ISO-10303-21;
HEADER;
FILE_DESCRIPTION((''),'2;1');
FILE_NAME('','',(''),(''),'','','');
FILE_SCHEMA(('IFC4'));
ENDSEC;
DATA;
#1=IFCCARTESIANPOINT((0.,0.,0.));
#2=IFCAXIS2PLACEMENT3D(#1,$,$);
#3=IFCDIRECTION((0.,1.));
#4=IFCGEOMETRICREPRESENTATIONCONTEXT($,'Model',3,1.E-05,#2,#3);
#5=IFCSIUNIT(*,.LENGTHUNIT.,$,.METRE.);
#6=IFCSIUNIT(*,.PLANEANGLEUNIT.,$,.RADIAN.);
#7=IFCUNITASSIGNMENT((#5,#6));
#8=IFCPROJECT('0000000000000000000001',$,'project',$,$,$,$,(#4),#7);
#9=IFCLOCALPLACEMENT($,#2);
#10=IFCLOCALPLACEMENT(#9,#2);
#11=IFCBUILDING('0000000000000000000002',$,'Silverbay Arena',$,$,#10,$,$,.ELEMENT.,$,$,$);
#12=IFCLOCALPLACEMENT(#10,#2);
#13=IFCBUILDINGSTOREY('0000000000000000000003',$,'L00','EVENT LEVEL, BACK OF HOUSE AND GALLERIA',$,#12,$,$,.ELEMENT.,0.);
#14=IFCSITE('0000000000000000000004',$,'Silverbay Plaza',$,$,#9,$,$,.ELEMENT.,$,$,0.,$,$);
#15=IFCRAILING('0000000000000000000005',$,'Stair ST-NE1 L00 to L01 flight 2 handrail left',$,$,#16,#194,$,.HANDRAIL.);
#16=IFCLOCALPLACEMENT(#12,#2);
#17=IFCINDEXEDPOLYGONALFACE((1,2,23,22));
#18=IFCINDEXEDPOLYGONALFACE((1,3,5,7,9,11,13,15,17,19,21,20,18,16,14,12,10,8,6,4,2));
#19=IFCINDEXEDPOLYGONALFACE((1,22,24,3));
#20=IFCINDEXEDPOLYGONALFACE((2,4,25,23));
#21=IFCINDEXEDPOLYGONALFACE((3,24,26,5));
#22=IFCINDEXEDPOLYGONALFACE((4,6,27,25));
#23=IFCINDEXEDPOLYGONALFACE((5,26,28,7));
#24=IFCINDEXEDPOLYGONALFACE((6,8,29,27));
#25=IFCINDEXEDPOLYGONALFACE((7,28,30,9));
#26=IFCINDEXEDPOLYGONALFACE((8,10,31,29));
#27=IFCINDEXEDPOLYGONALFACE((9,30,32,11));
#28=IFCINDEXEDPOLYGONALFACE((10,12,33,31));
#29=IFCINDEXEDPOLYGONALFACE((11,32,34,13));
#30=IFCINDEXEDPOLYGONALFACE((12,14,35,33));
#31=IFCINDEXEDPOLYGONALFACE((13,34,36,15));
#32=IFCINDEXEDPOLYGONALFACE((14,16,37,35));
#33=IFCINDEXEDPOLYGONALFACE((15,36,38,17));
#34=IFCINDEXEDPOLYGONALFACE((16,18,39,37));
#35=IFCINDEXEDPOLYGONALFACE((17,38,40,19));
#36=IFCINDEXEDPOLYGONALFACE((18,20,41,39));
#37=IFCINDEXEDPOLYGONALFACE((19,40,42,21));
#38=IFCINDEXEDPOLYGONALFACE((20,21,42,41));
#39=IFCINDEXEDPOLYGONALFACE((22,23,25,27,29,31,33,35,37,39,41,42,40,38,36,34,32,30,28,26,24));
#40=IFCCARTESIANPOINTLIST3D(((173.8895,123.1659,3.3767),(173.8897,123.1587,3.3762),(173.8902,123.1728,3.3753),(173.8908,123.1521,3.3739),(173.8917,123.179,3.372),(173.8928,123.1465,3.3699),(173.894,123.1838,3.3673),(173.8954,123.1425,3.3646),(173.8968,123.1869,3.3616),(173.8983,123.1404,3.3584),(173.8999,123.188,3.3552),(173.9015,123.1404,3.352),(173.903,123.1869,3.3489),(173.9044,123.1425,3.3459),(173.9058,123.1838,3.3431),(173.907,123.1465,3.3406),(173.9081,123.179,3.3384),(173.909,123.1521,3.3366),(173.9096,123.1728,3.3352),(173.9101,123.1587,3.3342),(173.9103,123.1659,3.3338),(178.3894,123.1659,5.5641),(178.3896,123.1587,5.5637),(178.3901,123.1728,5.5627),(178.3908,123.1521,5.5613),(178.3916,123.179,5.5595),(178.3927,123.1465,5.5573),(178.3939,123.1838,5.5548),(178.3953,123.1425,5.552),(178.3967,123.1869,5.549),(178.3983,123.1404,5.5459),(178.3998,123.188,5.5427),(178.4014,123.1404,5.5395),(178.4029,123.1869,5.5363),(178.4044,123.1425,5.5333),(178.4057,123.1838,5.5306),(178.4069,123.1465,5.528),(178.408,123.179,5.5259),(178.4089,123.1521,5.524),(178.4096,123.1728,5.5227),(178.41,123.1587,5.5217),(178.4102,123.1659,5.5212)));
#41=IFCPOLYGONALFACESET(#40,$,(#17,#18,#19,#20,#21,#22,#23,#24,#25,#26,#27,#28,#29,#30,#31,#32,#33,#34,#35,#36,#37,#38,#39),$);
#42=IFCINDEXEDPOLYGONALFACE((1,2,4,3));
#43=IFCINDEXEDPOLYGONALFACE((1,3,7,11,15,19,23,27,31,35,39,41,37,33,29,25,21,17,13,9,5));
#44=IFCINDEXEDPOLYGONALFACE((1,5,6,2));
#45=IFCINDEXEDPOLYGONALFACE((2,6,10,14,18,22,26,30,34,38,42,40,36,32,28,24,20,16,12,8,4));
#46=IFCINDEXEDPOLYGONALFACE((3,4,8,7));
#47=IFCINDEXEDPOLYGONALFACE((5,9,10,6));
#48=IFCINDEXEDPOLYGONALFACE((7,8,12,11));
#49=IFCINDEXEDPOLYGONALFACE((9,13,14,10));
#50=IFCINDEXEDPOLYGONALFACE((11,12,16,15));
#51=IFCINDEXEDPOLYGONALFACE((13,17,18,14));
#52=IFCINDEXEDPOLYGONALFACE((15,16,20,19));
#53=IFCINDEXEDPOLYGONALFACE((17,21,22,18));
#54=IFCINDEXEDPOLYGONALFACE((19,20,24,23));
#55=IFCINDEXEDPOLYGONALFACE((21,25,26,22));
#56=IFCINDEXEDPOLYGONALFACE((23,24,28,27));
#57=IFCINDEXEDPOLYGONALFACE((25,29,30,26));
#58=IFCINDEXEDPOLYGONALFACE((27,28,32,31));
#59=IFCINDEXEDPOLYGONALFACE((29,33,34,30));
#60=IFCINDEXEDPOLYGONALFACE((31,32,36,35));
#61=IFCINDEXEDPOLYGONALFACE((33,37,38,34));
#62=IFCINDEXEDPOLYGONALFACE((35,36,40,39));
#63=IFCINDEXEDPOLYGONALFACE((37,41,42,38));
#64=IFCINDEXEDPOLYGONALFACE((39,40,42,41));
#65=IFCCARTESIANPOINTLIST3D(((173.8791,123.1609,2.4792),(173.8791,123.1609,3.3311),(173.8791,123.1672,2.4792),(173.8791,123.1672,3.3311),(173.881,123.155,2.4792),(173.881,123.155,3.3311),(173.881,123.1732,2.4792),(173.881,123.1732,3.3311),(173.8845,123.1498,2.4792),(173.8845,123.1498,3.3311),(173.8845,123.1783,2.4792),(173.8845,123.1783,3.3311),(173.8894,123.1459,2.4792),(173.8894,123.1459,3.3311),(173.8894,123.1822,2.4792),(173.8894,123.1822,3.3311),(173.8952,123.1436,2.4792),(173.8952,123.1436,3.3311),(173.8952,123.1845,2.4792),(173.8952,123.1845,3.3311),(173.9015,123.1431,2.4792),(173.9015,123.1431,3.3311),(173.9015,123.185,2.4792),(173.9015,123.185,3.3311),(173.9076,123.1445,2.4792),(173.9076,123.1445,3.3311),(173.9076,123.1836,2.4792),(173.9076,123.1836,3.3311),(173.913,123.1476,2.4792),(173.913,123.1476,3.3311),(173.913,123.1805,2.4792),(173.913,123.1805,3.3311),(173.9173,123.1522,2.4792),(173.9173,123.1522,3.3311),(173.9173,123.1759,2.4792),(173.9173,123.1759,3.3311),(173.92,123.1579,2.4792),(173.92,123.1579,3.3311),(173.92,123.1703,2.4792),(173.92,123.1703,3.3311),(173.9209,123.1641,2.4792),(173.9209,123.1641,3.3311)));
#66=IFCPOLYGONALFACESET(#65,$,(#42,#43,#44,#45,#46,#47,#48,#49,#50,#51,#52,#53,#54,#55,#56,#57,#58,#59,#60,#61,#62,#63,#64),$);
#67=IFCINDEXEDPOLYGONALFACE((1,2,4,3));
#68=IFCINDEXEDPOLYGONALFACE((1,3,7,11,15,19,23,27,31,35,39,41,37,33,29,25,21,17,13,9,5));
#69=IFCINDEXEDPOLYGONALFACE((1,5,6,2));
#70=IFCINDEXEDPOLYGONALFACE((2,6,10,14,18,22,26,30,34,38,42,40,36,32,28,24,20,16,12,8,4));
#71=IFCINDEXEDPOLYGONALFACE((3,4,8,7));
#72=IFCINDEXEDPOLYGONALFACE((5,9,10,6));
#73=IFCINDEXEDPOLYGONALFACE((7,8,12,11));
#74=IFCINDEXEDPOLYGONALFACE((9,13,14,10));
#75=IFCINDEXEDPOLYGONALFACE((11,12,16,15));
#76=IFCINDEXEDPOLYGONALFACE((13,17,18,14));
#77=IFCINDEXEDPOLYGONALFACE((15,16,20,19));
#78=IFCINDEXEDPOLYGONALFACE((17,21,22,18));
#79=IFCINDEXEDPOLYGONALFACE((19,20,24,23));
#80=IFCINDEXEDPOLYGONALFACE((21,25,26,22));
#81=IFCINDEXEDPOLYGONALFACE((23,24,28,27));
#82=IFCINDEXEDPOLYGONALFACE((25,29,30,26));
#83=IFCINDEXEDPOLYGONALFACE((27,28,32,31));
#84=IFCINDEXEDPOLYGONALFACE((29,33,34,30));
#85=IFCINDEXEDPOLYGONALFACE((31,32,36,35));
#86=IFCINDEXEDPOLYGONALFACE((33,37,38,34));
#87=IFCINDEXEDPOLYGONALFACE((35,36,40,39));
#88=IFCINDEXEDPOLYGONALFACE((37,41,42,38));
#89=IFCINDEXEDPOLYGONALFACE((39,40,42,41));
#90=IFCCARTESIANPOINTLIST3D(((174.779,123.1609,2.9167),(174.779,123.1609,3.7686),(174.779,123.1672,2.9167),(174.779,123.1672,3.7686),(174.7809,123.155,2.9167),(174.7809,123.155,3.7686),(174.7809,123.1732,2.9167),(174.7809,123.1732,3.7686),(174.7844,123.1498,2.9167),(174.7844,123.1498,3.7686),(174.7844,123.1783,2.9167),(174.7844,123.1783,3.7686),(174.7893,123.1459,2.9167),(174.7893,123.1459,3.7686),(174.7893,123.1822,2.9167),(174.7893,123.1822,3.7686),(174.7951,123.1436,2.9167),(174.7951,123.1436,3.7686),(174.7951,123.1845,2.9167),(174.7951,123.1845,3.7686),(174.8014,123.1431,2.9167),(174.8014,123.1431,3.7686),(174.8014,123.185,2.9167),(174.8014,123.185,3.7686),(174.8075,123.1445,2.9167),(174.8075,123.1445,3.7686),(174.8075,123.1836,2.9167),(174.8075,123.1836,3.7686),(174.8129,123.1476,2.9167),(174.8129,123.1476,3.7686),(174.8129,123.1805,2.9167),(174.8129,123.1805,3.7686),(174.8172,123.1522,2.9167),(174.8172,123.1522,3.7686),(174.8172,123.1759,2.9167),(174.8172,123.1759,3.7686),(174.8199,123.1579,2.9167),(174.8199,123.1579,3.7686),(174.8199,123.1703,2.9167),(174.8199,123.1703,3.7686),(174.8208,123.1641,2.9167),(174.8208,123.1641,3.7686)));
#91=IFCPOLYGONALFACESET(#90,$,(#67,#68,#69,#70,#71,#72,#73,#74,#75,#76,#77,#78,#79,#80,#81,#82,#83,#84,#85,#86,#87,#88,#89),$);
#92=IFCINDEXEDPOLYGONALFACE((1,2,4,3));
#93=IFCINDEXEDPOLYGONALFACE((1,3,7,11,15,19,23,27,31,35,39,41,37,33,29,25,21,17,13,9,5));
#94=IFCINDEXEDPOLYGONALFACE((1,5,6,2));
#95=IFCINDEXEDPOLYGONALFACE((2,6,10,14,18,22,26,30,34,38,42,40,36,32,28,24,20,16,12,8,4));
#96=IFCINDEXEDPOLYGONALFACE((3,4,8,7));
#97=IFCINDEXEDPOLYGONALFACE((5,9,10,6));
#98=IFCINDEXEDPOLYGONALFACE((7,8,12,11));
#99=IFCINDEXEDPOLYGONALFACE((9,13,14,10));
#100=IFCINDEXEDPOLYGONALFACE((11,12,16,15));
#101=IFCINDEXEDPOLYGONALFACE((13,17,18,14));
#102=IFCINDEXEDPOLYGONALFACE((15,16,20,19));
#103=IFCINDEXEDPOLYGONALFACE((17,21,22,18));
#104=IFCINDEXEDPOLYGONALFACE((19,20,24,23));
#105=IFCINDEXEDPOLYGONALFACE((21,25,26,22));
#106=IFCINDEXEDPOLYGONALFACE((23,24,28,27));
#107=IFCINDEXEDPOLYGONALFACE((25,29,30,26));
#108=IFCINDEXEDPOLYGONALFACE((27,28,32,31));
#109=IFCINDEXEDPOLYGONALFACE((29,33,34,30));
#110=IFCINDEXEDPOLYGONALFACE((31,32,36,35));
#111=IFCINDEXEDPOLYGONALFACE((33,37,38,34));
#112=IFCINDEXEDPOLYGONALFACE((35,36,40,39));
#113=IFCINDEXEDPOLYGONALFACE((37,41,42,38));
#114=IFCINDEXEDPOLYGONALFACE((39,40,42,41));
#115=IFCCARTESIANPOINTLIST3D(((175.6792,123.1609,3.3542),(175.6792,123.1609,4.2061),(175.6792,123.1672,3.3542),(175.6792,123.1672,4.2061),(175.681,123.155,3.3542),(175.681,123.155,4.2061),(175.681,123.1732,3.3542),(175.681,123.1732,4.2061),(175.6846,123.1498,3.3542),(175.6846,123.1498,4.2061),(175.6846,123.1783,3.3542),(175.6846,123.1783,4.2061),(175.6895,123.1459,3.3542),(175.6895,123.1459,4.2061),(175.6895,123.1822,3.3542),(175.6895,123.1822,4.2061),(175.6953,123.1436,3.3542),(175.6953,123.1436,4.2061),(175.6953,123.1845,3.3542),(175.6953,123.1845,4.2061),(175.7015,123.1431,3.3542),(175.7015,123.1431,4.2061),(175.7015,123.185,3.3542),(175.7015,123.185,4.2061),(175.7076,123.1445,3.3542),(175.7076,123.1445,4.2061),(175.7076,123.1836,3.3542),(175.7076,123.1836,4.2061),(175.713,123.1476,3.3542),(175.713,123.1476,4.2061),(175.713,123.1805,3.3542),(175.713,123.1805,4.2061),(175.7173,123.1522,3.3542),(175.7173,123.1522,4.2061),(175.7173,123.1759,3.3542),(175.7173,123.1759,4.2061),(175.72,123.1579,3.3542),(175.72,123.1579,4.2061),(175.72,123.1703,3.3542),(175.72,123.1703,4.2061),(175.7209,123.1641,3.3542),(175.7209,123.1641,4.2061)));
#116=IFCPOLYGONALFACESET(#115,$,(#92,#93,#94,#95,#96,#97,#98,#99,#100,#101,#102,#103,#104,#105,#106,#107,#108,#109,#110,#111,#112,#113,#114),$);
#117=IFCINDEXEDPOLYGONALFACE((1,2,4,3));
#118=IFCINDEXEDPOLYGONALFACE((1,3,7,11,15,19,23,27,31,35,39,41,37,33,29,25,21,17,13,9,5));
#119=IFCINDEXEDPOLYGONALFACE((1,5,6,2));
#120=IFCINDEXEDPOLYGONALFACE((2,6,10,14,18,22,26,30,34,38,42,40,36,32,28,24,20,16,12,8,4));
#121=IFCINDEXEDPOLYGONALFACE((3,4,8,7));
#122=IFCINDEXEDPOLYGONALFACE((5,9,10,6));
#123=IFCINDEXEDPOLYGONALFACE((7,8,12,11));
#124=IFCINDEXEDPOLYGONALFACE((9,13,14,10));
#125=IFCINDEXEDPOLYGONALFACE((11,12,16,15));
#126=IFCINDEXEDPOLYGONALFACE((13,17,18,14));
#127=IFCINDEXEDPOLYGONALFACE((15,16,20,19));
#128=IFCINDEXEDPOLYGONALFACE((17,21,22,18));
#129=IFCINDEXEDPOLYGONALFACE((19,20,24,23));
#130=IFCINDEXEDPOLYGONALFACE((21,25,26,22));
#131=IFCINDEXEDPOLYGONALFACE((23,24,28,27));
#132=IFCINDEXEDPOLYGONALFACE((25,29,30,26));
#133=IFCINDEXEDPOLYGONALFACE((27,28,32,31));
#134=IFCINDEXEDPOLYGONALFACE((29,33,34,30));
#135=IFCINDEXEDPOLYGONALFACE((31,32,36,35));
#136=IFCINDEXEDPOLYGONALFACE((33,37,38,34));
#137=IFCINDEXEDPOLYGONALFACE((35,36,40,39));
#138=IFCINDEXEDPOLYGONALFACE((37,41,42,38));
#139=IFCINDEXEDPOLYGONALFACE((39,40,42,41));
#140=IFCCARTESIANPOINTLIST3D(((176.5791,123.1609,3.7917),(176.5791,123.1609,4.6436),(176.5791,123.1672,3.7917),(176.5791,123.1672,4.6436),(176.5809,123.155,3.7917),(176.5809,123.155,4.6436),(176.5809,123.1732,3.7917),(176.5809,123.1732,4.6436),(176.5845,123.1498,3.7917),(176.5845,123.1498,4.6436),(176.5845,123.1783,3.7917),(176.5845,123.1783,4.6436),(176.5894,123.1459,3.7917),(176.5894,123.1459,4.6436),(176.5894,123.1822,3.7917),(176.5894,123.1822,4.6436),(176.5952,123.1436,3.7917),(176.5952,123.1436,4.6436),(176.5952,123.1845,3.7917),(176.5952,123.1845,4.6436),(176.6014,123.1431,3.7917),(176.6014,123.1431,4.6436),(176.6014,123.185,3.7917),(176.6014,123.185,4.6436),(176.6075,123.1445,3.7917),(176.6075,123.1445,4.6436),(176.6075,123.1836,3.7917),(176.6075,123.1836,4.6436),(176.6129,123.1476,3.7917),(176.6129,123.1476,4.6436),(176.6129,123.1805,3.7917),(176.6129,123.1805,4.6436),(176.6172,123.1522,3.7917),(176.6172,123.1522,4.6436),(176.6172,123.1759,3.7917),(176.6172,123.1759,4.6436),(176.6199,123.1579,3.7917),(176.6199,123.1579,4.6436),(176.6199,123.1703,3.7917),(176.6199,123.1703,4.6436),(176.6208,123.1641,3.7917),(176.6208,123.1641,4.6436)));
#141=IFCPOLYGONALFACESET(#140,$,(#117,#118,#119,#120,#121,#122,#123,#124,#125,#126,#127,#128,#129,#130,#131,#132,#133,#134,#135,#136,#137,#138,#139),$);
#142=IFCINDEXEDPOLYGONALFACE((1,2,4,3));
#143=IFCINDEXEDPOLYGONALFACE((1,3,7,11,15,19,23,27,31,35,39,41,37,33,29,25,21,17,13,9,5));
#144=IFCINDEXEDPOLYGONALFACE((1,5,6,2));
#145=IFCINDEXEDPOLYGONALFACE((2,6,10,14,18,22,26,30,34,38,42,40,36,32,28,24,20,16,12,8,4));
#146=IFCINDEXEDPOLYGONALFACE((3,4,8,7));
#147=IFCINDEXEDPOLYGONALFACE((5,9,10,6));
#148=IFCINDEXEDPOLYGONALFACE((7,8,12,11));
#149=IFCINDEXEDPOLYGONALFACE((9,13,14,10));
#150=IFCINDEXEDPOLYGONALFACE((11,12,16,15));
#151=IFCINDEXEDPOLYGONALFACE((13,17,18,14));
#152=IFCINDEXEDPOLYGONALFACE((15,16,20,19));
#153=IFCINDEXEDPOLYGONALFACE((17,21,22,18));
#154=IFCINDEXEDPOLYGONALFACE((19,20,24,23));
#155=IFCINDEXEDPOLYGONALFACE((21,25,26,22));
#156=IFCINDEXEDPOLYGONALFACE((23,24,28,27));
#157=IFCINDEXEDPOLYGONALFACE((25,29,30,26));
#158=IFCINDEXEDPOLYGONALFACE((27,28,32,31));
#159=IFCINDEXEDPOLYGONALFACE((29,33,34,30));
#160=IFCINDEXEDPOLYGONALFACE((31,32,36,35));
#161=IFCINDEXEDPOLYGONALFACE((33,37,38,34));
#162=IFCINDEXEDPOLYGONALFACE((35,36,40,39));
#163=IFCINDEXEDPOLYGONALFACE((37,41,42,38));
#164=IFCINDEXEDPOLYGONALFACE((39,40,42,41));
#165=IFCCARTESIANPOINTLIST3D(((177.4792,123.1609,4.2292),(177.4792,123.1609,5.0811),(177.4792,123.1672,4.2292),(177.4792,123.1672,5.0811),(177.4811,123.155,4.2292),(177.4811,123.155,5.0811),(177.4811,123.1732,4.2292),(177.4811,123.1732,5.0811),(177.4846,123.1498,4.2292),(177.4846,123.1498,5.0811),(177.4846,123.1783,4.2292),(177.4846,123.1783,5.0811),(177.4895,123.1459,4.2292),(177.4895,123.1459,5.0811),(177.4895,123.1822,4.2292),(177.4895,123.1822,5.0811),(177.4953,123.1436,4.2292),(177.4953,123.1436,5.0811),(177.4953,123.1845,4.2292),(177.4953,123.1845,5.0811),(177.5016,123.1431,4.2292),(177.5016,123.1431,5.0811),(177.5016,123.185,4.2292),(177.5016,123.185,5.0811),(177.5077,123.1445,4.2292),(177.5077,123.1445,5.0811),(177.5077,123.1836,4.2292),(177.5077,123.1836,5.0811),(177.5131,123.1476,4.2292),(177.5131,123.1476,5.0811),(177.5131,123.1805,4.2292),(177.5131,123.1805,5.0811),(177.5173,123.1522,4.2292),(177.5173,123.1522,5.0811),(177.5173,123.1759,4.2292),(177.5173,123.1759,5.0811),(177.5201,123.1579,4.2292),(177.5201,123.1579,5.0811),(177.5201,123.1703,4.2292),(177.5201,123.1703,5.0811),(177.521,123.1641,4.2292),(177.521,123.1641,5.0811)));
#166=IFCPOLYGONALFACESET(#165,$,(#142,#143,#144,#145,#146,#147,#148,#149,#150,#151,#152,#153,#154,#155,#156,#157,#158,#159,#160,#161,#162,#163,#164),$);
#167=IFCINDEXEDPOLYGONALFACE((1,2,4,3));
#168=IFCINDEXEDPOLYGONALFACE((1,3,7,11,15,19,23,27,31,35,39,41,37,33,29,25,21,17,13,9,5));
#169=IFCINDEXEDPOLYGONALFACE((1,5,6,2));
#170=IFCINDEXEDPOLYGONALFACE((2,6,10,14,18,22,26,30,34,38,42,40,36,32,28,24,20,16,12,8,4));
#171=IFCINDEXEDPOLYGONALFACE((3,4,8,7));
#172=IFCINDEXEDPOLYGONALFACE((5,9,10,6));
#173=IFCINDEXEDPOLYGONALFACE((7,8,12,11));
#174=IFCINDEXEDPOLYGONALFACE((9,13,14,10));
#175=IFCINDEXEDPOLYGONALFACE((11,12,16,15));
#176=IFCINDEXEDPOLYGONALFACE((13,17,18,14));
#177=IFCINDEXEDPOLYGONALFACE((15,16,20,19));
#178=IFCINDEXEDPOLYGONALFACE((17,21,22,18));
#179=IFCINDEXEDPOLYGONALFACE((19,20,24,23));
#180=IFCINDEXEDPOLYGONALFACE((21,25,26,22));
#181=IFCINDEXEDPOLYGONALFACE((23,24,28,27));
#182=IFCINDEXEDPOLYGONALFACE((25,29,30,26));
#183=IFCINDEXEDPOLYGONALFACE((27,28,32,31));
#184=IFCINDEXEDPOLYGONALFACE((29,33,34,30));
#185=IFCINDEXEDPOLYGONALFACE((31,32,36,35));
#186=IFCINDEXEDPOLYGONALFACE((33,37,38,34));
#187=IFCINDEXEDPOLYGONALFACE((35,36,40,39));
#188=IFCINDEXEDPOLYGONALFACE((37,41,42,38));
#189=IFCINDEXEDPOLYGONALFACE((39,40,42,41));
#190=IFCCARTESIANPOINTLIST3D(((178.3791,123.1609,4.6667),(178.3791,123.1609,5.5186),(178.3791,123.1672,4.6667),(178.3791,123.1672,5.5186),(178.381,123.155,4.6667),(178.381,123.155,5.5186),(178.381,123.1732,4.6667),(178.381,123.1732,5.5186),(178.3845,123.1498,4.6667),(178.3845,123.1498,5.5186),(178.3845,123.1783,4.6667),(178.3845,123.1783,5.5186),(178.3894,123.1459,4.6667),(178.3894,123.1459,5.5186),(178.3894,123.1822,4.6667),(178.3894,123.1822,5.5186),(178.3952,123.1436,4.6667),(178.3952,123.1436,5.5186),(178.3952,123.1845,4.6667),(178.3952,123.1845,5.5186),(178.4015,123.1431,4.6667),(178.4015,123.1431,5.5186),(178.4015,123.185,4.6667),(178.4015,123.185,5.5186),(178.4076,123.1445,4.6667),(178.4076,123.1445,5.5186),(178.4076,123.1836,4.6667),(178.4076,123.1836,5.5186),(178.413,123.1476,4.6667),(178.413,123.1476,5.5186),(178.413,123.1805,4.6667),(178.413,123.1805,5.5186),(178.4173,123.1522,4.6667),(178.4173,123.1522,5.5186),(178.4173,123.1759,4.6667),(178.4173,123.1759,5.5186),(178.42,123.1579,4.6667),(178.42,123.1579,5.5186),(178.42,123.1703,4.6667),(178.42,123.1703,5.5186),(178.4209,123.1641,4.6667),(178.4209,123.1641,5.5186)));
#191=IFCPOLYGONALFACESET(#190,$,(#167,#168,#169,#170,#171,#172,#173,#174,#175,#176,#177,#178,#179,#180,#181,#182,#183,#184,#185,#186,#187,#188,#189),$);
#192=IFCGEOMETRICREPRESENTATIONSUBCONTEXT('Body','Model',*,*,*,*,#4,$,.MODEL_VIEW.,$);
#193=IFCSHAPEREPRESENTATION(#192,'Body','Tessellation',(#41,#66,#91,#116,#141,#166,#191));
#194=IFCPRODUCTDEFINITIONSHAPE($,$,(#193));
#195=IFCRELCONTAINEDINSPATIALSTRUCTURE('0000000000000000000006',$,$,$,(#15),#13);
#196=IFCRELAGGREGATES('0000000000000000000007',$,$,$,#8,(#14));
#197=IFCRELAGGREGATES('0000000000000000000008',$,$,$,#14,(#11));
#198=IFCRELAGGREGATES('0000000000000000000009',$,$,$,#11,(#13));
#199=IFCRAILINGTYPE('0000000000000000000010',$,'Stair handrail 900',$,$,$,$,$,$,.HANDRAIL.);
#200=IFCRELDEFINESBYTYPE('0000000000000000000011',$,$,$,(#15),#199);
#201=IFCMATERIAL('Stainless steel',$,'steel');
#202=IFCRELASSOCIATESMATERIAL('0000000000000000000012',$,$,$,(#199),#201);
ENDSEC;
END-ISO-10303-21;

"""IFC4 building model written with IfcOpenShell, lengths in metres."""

from ifc_helpers import new_model, si_unit, direction, frame, origin, origin_2d, place, context, subcontext, project, spatial, circle, extrude, material, type_object, element, save


model = new_model("IFC4")

# Units and contexts
model_context = context("Model", 3, precision=1e-05, world=origin(), true_north=direction((0.0, 1.0)))
body_context = subcontext(model_context, "Body", "Model", "MODEL_VIEW")
ifc_project = project(units=[si_unit("LENGTHUNIT", "METRE"), si_unit("PLANEANGLEUNIT", "RADIAN")], contexts=[model_context])

# Site, building, storey
site_placement = place(None, origin())
site = spatial("IfcSite", under=ifc_project, at=site_placement, Name="Silverbay Plaza", CompositionType="ELEMENT", RefElevation=0.0)
building_placement = place(site_placement, origin())
building = spatial("IfcBuilding", under=site, at=building_placement, Name="Silverbay Arena", CompositionType="ELEMENT")
storey_placement = place(building_placement, origin())
storey = spatial("IfcBuildingStorey", under=building, at=storey_placement, Name="L00", Description="EVENT LEVEL, BACK OF HOUSE AND GALLERIA", CompositionType="ELEMENT", Elevation=0.0)

# Railing
ifc_material_1 = material(Name="Stainless steel", Category="steel")
railing_type_1 = type_object("IfcRailingType", Name="Stair handrail 900", PredefinedType="HANDRAIL", material=ifc_material_1)
for number, where, name in (
    (1, (173.8999, 123.1641, 2.4792), "Stair ST-NE1 L00 to L01 flight 2 handrail left"),
):
    element("IfcRailing", number, at=place(storey_placement, frame(where)), inside=storey, type_object=railing_type_1, Name=name, PredefinedType="HANDRAIL", context=body_context, shape_type="SweptSolid", body=[
        extrude(circle(Radius=0.0239, at=origin_2d()), frame((0.0, 0.0, 0.876), z_axis=(0.899368, 0.0, 0.437193), x_axis=(0.0, 1.0, 0.0)), (0.0, 0.0, 1.0), 5.0034),
        extrude(circle(Radius=0.021, at=origin_2d()), origin(), (0.0, 0.0, 1.0), 0.8518),
        extrude(circle(Radius=0.021, at=origin_2d()), frame((0.8999, 0.0, 0.4375)), (0.0, 0.0, 1.0), 0.8518),
        extrude(circle(Radius=0.021, at=origin_2d()), frame((1.8, 0.0, 0.875)), (0.0, 0.0, 1.0), 0.8518),
        extrude(circle(Radius=0.021, at=origin_2d()), frame((2.7, 0.0, 1.3125)), (0.0, 0.0, 1.0), 0.8518),
        extrude(circle(Radius=0.021, at=origin_2d()), frame((3.6001, 0.0, 1.75)), (0.0, 0.0, 1.0), 0.8518),
        extrude(circle(Radius=0.021, at=origin_2d()), frame((4.5, 0.0, 2.1875)), (0.0, 0.0, 1.0), 0.8518),
    ])

save(model, "model.ifc")
